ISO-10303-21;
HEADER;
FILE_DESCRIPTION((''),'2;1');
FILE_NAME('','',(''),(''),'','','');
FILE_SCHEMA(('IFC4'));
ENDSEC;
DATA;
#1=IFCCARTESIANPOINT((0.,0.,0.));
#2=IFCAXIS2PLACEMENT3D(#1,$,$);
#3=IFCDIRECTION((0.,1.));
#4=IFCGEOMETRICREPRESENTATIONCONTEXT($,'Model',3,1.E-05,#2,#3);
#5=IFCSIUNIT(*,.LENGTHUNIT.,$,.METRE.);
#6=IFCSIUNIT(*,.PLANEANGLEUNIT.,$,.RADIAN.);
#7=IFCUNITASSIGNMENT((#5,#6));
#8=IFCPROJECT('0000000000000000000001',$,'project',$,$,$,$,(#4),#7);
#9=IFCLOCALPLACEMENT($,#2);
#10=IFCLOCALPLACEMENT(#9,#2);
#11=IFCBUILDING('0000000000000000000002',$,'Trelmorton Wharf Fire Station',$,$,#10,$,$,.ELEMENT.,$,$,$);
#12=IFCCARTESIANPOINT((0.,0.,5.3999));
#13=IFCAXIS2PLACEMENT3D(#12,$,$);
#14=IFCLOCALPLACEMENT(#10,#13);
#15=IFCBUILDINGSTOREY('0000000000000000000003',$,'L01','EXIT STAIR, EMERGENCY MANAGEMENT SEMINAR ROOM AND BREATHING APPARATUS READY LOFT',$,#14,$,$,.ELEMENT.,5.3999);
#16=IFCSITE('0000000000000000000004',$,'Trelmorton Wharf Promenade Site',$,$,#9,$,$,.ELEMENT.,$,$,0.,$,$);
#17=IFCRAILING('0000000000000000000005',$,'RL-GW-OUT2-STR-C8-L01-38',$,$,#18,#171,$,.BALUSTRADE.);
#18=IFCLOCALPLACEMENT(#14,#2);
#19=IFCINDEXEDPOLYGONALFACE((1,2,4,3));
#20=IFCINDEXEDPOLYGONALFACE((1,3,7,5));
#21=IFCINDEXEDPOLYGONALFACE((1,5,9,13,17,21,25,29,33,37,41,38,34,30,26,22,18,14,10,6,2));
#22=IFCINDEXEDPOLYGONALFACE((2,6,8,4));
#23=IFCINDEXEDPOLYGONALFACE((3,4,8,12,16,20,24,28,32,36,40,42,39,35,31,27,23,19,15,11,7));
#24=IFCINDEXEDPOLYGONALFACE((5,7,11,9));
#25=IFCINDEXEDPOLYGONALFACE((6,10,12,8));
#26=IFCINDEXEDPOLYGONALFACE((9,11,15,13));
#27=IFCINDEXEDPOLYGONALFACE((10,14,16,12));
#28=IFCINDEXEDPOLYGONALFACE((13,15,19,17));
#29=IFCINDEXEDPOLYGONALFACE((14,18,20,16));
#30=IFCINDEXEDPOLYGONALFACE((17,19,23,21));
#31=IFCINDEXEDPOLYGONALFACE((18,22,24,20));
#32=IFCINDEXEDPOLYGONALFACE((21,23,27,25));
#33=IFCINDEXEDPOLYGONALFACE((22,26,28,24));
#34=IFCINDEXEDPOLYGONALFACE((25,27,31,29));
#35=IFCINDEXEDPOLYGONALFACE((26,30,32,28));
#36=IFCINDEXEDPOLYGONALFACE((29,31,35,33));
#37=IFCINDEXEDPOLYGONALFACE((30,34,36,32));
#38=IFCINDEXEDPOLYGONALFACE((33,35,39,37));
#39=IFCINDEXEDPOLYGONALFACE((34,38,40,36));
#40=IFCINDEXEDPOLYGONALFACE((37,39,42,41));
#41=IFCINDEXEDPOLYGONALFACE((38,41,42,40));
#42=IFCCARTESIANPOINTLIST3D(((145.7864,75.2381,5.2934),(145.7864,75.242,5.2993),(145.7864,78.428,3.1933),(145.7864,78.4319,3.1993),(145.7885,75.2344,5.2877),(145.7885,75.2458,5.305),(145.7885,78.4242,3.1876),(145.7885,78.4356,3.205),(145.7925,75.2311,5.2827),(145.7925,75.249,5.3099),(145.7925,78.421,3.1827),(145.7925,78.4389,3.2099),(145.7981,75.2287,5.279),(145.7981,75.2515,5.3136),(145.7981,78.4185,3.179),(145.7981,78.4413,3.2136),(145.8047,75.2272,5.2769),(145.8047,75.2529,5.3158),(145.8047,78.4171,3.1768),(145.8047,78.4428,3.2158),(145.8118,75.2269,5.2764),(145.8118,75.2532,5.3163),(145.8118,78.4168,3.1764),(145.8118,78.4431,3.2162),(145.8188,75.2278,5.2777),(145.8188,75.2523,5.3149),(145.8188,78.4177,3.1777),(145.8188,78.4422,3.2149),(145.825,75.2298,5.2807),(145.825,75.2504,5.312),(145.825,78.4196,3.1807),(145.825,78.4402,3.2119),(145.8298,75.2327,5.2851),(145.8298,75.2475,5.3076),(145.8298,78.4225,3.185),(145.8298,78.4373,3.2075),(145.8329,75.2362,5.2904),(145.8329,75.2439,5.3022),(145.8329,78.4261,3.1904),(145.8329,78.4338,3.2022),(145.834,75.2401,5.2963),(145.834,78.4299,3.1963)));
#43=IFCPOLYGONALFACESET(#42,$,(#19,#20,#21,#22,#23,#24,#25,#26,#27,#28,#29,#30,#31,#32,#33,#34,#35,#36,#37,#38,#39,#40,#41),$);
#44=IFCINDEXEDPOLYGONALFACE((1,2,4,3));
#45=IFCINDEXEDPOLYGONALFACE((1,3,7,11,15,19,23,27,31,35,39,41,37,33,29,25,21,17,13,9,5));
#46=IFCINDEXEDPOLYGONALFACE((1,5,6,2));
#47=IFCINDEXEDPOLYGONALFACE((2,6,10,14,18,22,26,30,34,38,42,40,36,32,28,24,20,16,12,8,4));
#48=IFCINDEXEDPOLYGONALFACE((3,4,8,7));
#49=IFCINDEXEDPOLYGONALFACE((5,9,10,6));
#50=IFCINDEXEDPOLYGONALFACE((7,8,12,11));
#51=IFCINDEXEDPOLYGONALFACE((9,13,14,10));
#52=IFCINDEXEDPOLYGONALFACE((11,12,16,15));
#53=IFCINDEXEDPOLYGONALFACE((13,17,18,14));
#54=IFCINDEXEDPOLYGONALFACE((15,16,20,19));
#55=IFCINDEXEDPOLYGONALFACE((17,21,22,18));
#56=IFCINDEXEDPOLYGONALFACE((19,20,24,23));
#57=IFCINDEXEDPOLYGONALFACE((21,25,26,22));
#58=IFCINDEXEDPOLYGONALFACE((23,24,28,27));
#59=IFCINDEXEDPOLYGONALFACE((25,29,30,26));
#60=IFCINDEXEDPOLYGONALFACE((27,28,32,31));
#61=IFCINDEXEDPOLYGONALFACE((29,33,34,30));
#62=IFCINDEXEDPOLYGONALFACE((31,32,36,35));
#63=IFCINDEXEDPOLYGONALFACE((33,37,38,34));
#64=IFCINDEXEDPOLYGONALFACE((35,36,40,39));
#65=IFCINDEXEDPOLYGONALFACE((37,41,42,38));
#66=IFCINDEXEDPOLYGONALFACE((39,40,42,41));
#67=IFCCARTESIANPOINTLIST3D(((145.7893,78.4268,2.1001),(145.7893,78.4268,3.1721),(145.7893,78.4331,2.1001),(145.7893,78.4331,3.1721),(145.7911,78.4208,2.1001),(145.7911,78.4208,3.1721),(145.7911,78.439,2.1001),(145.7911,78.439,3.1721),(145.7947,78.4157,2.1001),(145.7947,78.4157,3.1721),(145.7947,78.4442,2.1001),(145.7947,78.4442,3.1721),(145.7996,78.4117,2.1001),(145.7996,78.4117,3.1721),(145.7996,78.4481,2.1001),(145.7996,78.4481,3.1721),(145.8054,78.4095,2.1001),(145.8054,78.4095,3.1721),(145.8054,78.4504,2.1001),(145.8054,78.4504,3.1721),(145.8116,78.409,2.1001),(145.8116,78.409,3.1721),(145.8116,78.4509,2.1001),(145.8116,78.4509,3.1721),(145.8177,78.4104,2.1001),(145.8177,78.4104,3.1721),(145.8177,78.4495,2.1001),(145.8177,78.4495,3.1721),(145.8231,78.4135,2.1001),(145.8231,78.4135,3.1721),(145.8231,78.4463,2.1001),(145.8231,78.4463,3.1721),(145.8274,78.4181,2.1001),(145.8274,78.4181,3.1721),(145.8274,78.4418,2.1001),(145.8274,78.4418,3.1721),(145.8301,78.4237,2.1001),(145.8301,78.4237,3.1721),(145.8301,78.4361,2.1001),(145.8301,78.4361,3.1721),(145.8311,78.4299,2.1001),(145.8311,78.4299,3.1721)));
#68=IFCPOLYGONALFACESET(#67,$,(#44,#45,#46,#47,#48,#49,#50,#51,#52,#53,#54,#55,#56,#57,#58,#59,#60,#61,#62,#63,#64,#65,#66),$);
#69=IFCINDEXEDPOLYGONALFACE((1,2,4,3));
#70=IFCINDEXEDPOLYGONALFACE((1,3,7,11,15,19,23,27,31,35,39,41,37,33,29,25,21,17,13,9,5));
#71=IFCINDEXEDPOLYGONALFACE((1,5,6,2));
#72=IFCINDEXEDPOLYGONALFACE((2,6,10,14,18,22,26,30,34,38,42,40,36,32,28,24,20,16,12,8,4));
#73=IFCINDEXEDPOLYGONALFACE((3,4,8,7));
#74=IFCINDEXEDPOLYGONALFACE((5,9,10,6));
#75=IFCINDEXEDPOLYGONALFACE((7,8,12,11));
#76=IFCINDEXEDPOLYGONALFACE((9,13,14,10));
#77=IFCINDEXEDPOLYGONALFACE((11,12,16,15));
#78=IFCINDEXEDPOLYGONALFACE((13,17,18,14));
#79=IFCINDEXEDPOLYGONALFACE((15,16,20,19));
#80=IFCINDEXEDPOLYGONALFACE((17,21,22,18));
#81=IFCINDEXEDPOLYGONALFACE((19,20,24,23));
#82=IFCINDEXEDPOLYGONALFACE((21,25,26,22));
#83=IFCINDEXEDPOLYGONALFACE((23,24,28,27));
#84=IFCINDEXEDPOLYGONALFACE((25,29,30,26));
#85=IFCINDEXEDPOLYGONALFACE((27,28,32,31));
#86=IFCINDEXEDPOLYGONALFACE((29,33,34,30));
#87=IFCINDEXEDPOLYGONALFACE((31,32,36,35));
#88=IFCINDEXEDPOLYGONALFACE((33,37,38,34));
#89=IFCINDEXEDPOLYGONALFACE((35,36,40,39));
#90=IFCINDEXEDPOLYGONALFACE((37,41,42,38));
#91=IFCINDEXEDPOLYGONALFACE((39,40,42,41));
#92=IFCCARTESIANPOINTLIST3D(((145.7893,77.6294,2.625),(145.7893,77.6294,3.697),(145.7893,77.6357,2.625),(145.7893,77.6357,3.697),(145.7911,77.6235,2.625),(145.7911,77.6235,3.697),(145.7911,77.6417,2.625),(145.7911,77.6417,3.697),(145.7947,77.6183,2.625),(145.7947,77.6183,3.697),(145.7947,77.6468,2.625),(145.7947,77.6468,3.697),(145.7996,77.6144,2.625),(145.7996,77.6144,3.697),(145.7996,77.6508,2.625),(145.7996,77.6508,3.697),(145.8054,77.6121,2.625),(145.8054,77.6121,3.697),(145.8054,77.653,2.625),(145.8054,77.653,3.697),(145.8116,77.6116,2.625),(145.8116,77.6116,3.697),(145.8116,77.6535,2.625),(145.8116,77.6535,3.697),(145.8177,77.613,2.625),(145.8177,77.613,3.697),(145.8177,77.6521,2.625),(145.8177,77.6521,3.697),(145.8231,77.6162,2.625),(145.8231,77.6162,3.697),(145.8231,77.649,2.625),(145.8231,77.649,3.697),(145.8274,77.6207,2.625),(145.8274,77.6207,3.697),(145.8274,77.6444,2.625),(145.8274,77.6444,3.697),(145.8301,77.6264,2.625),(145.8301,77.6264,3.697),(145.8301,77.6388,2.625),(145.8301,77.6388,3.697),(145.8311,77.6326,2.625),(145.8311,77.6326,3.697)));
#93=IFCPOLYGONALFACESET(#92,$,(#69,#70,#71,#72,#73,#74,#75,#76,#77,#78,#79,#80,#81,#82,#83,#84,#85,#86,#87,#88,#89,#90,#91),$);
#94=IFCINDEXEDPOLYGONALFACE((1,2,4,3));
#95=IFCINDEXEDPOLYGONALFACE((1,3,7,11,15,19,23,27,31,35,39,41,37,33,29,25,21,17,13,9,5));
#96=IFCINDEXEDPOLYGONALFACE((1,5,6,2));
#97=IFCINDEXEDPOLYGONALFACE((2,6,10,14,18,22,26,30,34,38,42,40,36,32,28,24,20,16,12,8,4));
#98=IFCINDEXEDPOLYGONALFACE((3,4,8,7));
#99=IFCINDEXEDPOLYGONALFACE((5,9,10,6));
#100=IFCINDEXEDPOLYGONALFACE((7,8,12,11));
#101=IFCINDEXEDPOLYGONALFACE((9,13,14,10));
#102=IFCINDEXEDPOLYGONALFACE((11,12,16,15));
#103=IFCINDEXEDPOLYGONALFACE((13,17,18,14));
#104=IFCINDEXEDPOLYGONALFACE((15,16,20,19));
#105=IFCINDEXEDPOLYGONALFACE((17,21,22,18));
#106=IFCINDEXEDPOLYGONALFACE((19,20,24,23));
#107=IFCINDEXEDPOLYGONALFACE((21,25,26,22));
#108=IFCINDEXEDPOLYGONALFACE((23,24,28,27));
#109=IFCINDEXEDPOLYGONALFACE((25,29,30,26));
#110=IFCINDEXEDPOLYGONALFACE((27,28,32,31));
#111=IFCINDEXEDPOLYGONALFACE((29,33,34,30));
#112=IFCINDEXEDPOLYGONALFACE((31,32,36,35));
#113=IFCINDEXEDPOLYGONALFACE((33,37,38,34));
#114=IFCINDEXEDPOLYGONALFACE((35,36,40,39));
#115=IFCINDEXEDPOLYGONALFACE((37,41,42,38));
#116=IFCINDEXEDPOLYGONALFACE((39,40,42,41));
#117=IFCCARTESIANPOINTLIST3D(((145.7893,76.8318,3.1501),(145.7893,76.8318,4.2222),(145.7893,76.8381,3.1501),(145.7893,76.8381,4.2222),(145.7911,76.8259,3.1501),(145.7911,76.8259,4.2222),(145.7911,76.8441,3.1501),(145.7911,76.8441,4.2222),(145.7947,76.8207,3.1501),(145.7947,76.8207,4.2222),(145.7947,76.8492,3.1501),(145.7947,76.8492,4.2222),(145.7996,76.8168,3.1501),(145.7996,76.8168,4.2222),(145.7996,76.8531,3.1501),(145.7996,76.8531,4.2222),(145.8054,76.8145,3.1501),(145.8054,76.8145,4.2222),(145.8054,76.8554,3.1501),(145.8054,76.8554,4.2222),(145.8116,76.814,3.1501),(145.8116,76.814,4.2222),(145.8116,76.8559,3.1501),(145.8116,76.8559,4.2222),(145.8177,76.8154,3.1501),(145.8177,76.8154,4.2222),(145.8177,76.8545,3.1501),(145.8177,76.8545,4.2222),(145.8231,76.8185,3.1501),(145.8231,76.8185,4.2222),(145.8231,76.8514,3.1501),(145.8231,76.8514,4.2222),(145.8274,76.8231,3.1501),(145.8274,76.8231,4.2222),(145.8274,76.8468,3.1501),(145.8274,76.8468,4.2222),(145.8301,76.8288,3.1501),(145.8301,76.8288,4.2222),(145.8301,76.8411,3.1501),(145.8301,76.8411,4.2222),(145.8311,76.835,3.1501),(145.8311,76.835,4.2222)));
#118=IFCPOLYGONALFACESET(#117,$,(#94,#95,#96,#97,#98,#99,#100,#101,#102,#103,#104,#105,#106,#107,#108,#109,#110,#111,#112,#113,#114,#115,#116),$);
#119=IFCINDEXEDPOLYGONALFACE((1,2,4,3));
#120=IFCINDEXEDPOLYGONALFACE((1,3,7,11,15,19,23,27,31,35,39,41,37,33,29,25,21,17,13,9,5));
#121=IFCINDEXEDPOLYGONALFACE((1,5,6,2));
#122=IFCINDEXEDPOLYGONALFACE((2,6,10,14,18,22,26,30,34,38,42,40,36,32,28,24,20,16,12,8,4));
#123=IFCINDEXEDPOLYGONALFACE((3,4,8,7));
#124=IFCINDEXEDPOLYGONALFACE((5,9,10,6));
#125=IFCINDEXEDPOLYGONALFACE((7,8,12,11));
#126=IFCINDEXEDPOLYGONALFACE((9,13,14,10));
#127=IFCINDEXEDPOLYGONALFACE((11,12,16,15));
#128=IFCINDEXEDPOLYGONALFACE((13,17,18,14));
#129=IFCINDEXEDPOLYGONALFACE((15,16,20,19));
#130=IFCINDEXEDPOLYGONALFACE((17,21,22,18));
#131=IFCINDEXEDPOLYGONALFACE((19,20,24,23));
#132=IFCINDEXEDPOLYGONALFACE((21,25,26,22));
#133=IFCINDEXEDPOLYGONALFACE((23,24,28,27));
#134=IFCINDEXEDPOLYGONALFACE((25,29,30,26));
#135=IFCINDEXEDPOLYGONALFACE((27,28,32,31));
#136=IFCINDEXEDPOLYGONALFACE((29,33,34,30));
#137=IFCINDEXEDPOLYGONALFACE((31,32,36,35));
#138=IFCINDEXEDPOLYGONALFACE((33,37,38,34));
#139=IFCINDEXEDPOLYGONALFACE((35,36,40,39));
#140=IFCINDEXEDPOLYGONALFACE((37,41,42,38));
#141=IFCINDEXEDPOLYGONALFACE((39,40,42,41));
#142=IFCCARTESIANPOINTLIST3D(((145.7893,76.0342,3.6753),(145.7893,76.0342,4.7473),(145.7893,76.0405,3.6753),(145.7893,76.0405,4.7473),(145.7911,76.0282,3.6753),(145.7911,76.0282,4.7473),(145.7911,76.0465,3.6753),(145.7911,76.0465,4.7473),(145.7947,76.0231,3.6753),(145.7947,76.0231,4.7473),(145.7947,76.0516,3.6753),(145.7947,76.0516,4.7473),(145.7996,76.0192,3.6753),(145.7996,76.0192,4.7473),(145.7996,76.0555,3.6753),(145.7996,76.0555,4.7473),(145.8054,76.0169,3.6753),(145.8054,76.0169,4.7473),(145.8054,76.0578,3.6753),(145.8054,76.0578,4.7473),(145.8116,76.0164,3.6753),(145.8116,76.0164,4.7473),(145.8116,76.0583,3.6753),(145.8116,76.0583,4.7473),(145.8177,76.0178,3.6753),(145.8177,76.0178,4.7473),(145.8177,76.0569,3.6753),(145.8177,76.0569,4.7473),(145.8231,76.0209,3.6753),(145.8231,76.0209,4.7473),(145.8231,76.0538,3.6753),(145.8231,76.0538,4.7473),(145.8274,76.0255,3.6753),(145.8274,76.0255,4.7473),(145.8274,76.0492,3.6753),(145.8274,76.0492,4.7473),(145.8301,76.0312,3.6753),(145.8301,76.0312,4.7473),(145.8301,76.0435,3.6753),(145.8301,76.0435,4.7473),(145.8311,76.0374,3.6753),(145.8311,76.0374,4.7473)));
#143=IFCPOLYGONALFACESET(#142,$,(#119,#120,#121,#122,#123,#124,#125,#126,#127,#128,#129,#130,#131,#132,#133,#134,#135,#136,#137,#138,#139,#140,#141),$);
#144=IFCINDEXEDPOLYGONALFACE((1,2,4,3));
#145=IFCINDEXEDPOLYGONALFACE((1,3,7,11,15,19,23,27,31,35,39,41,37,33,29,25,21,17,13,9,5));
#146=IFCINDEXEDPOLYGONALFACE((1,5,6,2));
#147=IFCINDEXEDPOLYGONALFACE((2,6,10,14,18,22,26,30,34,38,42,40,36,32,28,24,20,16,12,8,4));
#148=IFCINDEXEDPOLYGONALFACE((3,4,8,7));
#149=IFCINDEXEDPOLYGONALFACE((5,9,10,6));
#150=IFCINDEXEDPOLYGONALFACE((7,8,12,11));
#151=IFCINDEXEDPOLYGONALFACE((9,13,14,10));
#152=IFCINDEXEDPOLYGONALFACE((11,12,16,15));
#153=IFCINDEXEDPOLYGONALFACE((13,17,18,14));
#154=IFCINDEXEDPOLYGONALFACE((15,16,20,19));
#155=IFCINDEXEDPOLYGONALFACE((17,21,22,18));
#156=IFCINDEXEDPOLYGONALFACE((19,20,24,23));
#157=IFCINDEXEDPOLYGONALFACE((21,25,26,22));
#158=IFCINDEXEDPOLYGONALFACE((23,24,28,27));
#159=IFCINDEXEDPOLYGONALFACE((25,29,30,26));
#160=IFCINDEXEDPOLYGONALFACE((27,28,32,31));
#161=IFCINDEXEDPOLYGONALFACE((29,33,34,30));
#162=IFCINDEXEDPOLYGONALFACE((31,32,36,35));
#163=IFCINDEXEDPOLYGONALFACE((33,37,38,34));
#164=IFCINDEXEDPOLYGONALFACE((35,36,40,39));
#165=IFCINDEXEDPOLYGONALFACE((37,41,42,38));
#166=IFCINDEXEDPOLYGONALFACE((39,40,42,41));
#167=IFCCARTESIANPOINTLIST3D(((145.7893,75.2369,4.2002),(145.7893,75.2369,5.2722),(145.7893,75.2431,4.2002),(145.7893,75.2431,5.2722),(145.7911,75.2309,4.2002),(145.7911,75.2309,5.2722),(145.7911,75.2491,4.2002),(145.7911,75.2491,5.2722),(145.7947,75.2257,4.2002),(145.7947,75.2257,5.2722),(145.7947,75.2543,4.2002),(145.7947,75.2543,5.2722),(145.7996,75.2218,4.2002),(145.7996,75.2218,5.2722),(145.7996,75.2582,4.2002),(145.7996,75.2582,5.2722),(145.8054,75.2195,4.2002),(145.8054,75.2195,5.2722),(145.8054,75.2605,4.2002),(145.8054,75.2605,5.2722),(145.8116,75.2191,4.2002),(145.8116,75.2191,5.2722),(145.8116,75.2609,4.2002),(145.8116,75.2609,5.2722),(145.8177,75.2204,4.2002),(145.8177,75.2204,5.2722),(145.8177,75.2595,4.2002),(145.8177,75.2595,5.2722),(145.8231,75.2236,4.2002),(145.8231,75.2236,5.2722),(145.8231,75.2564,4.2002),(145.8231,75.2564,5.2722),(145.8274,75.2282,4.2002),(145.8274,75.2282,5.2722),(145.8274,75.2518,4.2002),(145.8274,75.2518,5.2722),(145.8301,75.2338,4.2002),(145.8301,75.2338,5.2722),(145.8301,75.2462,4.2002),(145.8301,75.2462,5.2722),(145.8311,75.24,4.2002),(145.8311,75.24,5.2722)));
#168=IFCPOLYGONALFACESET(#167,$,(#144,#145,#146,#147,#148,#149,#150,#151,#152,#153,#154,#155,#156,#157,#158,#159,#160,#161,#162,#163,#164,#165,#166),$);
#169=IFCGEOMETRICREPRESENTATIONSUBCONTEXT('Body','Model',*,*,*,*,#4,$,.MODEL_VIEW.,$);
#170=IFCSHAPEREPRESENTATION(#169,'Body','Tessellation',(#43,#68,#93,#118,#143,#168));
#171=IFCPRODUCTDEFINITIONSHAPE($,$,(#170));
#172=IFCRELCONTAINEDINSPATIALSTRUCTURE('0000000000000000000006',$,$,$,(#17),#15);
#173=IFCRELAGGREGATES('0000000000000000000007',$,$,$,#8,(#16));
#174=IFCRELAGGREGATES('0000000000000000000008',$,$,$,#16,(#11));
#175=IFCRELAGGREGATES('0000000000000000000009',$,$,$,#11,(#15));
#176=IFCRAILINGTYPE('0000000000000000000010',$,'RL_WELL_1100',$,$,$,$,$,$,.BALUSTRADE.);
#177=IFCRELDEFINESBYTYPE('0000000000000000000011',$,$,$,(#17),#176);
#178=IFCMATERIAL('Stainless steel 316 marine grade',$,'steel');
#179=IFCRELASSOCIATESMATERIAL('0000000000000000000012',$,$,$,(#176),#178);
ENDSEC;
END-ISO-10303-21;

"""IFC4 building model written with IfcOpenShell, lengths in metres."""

from ifc_helpers import new_model, si_unit, direction, frame, origin, origin_2d, place, context, subcontext, project, spatial, circle, extrude, material, type_object, element, save


model = new_model("IFC4")

# Units and contexts
model_context = context("Model", 3, precision=1e-05, world=origin(), true_north=direction((0.0, 1.0)))
body_context = subcontext(model_context, "Body", "Model", "MODEL_VIEW")
ifc_project = project(units=[si_unit("LENGTHUNIT", "METRE"), si_unit("PLANEANGLEUNIT", "RADIAN")], contexts=[model_context])

# Site, building, storey
site_placement = place(None, origin())
site = spatial("IfcSite", under=ifc_project, at=site_placement, Name="Trelmorton Wharf Promenade Site", CompositionType="ELEMENT", RefElevation=0.0)
building_placement = place(site_placement, origin())
building = spatial("IfcBuilding", under=site, at=building_placement, Name="Trelmorton Wharf Fire Station", CompositionType="ELEMENT")
storey_placement = place(building_placement, frame((0.0, 0.0, 5.3999)))
storey = spatial("IfcBuildingStorey", under=building, at=storey_placement, Name="L01", Description="EXIT STAIR, EMERGENCY MANAGEMENT SEMINAR ROOM AND BREATHING APPARATUS READY LOFT", CompositionType="ELEMENT", Elevation=5.3999)

# Shared definitions
ifc_material_1 = material(Name="Stainless steel 316 marine grade", Category="steel")

# Railing
railing_type_1 = type_object("IfcRailingType", Name="RL_WELL_1100", PredefinedType="BALUSTRADE", material=ifc_material_1)
railing_1_placement = place(storey_placement, frame((145.8101, 78.4299, 2.1001)))
element("IfcRailing", 1, at=railing_1_placement, inside=storey, type_object=railing_type_1, Name="RL-GW-OUT2-STR-C8-L01-38", PredefinedType="BALUSTRADE", context=body_context, shape_type="SweptSolid", body=[
    extrude(circle(Radius=0.0239, at=origin_2d()), frame((0.0, 0.0, 1.0962), z_axis=(0.0, -0.835242, 0.549882), x_axis=(1.0, 0.0, 0.0)), (0.0, 0.0, 1.0), 3.8191),
    extrude(circle(Radius=0.021, at=origin_2d()), origin(), (0.0, 0.0, 1.0), 1.072),
    extrude(circle(Radius=0.021, at=origin_2d()), frame((0.0, -0.7974, 0.5249)), (0.0, 0.0, 1.0), 1.072),
    extrude(circle(Radius=0.021, at=origin_2d()), frame((0.0, -1.595, 1.05)), (0.0, 0.0, 1.0), 1.072),
    extrude(circle(Radius=0.021, at=origin_2d()), frame((0.0, -2.3926, 1.5752)), (0.0, 0.0, 1.0), 1.072),
    extrude(circle(Radius=0.021, at=origin_2d()), frame((0.0, -3.1899, 2.1001)), (0.0, 0.0, 1.0), 1.072),
])

save(model, "model.ifc")
